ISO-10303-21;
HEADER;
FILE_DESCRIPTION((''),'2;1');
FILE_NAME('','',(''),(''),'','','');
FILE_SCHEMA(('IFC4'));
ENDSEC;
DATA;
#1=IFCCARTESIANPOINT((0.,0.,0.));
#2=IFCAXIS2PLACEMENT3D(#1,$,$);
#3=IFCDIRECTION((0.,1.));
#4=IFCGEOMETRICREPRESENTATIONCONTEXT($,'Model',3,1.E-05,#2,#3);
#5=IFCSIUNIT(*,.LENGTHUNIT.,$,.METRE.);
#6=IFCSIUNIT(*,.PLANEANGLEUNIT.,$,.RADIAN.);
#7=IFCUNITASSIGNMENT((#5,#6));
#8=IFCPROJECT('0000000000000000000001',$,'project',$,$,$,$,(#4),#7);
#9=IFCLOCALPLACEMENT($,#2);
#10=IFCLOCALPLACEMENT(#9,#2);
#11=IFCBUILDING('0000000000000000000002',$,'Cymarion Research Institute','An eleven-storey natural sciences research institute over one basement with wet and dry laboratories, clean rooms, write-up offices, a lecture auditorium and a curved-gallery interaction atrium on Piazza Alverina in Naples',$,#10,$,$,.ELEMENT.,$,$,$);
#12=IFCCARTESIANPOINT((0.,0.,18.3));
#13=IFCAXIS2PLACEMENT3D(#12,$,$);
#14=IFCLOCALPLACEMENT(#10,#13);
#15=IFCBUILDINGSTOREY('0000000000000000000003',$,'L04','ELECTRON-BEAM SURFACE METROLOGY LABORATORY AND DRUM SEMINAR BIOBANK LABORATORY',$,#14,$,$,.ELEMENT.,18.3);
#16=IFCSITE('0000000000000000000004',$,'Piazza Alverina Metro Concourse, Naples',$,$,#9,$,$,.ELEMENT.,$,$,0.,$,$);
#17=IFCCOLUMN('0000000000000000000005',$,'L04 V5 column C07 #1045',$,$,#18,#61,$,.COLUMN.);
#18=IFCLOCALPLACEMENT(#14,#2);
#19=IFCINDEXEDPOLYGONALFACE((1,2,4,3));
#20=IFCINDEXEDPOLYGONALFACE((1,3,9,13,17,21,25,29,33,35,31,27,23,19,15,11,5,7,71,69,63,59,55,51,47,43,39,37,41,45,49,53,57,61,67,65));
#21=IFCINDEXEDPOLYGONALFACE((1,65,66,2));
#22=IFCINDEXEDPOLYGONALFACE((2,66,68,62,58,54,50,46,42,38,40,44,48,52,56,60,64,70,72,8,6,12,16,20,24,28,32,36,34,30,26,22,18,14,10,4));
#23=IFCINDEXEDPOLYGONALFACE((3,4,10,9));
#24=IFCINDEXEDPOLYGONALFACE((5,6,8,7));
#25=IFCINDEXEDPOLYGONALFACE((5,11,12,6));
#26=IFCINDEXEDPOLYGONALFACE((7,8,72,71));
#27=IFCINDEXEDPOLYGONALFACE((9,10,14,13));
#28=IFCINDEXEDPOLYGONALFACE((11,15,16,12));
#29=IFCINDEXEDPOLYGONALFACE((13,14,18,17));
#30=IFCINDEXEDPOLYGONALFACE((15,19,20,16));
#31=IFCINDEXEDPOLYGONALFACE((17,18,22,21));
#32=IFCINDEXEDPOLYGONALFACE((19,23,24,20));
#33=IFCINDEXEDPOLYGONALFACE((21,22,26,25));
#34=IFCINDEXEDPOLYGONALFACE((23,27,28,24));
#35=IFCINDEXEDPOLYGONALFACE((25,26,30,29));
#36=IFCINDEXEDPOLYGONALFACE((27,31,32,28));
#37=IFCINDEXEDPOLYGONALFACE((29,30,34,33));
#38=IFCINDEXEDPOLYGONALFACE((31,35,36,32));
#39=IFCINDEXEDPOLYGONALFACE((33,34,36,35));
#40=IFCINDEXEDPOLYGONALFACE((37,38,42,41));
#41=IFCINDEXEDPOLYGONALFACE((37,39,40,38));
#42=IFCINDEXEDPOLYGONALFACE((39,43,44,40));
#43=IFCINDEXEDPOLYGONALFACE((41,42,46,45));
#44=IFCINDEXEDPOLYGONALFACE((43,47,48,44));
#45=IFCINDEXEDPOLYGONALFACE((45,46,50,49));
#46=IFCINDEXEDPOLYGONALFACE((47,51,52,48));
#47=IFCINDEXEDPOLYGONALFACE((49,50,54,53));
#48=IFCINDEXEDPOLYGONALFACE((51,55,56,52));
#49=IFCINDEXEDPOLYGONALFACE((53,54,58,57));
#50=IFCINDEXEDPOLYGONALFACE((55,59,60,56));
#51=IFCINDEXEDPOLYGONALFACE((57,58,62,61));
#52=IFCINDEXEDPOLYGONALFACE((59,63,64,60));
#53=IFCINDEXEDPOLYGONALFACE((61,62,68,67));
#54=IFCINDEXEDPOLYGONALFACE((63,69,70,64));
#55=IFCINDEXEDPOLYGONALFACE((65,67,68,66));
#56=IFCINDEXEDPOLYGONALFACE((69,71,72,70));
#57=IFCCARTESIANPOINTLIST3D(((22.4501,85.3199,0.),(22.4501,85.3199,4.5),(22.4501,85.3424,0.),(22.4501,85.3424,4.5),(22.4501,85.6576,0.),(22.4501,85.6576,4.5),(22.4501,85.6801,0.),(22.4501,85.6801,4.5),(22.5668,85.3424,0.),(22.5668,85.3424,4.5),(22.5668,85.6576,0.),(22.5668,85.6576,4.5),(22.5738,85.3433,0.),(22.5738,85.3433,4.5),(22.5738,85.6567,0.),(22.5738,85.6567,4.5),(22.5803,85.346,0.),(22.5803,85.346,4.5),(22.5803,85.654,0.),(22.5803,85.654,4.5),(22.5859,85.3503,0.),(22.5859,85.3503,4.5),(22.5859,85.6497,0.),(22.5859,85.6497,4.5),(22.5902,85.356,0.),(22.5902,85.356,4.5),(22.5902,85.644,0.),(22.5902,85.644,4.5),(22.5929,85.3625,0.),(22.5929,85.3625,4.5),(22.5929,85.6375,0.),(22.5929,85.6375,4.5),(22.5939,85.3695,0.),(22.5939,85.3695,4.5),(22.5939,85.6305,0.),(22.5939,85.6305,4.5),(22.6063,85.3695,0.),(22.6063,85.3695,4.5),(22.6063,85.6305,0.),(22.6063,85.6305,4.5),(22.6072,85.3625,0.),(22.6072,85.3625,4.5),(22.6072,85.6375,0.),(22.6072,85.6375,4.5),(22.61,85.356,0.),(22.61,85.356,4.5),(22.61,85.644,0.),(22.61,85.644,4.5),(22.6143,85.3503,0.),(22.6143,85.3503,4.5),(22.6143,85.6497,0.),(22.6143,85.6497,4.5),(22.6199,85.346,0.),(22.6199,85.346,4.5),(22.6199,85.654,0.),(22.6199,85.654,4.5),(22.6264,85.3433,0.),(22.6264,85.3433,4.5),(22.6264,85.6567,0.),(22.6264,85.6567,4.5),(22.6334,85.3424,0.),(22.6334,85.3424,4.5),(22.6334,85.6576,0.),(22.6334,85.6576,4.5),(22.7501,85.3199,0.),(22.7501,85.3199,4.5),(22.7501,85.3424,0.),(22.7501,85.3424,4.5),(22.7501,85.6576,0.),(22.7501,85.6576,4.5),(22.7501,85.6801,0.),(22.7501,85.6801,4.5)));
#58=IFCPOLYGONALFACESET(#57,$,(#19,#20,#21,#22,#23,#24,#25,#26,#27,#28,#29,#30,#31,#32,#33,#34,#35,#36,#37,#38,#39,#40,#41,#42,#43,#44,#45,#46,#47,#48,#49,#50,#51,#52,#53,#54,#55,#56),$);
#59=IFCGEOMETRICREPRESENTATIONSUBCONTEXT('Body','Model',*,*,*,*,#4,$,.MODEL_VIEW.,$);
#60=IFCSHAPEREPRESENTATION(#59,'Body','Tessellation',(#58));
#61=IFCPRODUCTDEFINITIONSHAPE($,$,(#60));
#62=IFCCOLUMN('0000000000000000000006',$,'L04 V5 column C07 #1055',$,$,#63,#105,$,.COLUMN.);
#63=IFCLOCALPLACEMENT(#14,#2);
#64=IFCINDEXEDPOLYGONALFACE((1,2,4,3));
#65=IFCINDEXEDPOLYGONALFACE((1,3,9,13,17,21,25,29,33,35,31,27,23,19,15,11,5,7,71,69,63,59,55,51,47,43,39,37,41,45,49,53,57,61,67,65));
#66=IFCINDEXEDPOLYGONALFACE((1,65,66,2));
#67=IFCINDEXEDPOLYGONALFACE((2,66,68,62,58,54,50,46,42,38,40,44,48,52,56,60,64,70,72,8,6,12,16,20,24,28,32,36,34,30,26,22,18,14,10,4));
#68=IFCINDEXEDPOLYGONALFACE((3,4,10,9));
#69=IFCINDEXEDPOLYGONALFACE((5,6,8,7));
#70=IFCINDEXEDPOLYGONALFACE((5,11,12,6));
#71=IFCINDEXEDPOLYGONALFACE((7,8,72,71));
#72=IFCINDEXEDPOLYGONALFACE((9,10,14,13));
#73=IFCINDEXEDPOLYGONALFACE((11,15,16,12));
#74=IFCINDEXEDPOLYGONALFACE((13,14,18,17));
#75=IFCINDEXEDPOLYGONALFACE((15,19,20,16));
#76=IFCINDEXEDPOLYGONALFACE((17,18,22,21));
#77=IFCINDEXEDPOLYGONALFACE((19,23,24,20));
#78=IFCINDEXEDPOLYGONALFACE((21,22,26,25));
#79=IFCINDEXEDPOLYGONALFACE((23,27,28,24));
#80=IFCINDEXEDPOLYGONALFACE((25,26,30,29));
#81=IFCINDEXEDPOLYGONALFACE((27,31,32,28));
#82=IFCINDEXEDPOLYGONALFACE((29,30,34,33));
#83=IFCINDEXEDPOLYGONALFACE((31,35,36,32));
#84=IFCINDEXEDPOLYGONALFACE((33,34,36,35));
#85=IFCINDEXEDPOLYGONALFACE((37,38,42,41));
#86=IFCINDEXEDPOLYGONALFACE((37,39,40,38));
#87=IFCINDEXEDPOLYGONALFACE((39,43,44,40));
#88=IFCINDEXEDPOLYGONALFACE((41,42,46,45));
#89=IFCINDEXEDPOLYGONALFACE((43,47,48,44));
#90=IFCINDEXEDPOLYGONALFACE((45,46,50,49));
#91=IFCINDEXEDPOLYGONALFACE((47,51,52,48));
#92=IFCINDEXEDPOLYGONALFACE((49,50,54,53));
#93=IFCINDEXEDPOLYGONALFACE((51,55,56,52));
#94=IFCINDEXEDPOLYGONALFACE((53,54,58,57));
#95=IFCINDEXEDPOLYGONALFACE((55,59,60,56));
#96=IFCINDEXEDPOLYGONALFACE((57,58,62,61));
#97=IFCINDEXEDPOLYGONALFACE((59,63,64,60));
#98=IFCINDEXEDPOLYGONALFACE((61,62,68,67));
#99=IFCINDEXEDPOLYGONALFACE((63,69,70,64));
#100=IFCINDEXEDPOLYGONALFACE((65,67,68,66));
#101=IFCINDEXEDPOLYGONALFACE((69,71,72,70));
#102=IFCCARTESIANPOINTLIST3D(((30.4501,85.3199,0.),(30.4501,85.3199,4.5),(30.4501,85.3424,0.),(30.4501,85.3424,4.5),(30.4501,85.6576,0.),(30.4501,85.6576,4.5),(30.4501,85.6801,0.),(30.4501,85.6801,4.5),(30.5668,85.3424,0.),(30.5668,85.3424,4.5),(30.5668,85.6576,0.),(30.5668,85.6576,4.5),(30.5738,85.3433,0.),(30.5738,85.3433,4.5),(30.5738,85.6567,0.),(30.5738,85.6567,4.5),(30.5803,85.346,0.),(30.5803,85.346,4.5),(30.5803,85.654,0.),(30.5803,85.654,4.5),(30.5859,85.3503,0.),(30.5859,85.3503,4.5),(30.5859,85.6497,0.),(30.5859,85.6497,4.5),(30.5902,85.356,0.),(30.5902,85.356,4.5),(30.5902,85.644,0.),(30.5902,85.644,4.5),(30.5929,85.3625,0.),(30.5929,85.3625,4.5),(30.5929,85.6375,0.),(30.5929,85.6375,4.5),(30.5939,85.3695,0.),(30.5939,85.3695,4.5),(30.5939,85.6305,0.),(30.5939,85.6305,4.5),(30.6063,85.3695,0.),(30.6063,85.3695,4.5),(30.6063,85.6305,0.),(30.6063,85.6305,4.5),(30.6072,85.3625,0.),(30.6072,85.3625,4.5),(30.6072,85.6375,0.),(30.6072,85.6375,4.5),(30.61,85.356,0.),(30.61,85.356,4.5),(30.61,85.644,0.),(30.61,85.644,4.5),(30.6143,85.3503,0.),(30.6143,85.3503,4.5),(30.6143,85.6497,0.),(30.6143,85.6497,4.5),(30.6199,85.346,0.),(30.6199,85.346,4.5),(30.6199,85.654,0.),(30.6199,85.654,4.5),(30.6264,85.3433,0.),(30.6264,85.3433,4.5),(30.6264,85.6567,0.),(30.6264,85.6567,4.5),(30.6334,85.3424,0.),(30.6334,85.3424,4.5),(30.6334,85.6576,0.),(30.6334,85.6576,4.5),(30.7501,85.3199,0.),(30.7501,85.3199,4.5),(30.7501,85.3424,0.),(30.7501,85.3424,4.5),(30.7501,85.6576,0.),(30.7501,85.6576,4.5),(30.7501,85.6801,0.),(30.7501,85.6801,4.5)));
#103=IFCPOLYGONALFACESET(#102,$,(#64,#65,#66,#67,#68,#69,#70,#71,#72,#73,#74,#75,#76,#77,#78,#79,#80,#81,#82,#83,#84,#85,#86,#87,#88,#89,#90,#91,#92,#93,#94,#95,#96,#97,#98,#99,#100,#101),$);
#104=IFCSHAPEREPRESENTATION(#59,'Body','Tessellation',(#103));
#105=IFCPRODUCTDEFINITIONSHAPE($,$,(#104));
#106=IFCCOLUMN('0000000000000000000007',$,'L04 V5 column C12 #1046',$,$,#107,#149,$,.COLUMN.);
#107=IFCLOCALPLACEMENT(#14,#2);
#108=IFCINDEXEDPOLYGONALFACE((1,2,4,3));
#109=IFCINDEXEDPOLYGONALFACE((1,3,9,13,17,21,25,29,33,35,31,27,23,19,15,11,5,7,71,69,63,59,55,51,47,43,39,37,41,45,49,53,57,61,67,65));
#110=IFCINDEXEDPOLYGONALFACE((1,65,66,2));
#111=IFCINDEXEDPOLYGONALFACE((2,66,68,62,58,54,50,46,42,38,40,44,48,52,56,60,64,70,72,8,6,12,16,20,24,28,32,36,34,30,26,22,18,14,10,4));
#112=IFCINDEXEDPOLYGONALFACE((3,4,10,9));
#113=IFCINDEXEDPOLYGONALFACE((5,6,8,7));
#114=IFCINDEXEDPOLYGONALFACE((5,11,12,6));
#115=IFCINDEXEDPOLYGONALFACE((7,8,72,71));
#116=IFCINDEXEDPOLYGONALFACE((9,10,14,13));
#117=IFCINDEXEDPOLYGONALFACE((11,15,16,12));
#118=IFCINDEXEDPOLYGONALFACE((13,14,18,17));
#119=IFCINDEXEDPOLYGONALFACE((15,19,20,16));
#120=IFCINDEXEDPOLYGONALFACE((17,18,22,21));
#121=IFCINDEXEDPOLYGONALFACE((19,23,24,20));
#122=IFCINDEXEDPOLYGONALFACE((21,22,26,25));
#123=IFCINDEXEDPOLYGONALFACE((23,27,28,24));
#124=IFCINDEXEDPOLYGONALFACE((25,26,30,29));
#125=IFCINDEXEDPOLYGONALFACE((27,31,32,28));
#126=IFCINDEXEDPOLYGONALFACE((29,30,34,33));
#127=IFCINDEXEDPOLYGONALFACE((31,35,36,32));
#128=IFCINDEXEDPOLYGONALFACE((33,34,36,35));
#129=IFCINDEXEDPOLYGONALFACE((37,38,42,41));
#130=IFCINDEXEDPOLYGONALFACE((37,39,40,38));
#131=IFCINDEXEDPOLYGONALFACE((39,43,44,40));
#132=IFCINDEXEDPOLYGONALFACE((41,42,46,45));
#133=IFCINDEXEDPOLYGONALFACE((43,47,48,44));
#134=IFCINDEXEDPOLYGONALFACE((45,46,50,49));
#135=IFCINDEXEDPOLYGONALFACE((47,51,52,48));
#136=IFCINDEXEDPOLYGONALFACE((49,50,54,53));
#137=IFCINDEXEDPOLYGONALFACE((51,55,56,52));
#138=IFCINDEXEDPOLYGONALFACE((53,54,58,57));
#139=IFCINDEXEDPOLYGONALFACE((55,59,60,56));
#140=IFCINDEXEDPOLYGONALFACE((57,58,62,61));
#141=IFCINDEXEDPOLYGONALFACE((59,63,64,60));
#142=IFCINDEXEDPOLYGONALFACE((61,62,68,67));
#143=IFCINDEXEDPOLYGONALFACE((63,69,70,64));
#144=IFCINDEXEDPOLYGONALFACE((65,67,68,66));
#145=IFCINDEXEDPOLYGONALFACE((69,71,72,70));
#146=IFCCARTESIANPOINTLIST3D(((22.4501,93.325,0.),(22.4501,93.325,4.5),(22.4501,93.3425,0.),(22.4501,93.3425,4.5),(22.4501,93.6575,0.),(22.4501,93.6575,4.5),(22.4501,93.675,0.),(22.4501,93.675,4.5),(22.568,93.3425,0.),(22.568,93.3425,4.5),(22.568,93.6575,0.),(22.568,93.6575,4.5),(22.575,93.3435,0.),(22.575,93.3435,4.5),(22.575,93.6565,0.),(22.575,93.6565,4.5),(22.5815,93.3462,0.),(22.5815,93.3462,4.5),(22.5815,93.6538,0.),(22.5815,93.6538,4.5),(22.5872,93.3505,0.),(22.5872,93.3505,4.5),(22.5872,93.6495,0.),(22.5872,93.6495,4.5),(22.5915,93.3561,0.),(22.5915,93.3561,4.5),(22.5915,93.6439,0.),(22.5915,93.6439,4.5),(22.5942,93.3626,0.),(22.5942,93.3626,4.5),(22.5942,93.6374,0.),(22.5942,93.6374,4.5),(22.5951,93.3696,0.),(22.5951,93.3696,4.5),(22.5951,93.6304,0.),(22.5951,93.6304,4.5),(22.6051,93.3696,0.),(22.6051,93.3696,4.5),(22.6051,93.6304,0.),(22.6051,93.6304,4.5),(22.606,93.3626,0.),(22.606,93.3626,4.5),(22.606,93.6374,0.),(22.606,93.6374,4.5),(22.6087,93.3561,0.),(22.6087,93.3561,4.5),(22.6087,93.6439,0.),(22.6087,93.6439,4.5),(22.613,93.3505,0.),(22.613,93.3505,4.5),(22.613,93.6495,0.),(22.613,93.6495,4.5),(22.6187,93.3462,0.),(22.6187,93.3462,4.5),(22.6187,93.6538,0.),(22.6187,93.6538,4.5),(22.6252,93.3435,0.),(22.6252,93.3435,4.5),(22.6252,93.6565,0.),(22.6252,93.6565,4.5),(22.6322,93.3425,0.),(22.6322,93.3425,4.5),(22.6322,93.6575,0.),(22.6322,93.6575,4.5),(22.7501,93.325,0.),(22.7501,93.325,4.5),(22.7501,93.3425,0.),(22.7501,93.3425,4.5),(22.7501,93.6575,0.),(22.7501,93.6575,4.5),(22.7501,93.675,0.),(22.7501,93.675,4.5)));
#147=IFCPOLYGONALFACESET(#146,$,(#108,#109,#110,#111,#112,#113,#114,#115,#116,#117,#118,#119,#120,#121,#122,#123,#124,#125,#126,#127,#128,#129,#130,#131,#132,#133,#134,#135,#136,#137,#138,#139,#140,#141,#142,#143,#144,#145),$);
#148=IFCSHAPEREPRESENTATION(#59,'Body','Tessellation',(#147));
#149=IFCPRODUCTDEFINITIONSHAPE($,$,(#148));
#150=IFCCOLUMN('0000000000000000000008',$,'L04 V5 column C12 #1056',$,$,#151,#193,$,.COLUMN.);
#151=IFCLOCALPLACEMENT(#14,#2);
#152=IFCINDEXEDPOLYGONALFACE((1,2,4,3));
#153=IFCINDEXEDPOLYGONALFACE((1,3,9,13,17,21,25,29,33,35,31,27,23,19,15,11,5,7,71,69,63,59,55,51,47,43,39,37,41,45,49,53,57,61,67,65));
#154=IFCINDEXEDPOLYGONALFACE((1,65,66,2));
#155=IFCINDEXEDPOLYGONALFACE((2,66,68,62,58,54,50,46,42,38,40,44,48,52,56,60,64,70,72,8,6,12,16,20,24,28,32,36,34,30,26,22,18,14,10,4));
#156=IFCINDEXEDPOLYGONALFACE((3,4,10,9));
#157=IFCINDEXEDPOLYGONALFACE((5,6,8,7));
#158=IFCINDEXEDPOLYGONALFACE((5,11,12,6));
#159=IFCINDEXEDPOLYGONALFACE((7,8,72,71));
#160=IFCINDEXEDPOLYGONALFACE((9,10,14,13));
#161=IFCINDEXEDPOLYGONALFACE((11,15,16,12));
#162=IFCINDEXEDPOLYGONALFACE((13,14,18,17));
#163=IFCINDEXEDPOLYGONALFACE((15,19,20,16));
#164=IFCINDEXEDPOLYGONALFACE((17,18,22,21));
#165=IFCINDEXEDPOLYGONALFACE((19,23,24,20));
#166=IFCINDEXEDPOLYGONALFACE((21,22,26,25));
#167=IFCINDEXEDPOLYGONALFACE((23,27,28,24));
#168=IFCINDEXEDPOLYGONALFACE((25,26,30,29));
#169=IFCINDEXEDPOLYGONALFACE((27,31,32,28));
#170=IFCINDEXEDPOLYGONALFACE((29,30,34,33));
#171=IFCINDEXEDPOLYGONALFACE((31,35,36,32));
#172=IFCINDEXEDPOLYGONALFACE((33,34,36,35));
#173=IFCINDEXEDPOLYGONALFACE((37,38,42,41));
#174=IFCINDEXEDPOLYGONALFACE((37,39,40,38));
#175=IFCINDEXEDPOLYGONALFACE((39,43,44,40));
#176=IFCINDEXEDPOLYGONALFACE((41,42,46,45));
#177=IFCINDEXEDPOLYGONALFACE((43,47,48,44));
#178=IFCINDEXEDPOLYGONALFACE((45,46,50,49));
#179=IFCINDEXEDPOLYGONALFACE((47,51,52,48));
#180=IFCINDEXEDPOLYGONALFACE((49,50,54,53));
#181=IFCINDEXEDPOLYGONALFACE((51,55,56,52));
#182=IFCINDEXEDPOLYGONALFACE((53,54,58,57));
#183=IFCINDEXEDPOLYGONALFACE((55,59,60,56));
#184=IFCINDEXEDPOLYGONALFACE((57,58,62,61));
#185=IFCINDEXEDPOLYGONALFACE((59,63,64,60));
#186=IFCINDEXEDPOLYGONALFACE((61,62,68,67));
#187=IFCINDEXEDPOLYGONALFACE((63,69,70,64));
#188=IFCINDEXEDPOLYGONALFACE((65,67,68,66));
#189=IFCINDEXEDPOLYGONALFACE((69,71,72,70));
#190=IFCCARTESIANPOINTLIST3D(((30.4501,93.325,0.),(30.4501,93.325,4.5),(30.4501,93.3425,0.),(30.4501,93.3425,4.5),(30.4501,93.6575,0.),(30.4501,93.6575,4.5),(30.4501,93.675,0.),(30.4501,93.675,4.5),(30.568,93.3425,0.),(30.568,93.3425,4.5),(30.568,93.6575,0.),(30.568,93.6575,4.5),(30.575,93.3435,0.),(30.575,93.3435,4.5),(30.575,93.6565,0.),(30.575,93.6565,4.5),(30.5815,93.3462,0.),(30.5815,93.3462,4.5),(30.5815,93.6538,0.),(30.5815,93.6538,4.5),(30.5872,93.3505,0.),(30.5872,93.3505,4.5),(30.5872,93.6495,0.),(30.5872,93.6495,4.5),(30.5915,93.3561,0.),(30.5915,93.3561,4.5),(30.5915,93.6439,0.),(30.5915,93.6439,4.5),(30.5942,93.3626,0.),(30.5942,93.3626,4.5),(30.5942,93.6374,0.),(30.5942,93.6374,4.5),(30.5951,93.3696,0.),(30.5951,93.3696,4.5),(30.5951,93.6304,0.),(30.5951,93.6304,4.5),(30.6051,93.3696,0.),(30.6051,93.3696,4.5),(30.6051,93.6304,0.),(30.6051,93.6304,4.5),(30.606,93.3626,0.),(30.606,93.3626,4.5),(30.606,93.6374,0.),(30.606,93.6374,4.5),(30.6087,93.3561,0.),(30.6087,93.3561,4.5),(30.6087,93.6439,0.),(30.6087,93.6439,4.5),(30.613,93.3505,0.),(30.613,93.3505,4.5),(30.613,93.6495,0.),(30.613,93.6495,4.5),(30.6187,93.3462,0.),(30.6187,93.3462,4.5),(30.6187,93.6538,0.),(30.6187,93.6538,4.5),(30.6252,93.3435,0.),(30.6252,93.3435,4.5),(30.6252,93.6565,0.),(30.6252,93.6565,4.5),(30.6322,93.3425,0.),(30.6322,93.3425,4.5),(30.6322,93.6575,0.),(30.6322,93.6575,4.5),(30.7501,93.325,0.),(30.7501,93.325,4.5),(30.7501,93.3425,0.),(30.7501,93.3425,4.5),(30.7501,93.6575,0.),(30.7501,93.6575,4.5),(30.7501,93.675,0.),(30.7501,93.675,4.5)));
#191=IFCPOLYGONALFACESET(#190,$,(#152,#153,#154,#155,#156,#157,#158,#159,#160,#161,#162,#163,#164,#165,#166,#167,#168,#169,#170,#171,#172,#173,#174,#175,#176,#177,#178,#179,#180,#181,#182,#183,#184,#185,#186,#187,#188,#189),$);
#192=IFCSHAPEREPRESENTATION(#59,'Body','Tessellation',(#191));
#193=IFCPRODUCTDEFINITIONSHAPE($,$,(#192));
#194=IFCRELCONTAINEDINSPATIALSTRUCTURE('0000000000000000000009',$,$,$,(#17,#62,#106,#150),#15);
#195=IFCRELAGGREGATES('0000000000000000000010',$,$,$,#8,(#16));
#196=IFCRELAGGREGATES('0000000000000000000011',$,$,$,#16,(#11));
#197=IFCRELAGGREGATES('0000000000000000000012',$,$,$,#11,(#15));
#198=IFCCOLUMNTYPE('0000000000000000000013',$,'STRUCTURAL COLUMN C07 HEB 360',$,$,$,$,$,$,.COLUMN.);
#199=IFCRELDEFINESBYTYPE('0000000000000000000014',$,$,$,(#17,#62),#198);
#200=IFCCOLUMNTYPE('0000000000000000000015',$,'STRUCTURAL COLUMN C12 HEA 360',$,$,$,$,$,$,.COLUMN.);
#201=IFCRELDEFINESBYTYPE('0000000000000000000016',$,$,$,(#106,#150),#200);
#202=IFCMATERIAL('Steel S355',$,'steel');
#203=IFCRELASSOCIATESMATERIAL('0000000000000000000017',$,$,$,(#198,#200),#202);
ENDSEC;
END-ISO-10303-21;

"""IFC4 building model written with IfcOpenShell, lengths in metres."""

from ifc_helpers import new_model, si_unit, direction, frame, origin, origin_2d, place, context, subcontext, project, spatial, i_section, extrude, material, material_profile, profile_set, type_object, element, save


model = new_model("IFC4")

# Units and contexts
model_context = context("Model", 3, precision=1e-05, world=origin(), true_north=direction((0.0, 1.0)))
body_context = subcontext(model_context, "Body", "Model", "MODEL_VIEW")
ifc_project = project(units=[si_unit("LENGTHUNIT", "METRE"), si_unit("PLANEANGLEUNIT", "RADIAN")], contexts=[model_context])

# Site, building, storey
site_placement = place(None, origin())
site = spatial("IfcSite", under=ifc_project, at=site_placement, Name="Piazza Alverina Metro Concourse, Naples", CompositionType="ELEMENT", RefElevation=0.0)
building_placement = place(site_placement, origin())
building = spatial("IfcBuilding", under=site, at=building_placement, Name="Cymarion Research Institute", Description="An eleven-storey natural sciences research institute over one basement with wet and dry laboratories, clean rooms, write-up offices, a lecture auditorium and a curved-gallery interaction atrium on Piazza Alverina in Naples", CompositionType="ELEMENT")
storey_placement = place(building_placement, frame((0.0, 0.0, 18.3)))
storey = spatial("IfcBuildingStorey", under=building, at=storey_placement, Name="L04", Description="ELECTRON-BEAM SURFACE METROLOGY LABORATORY AND DRUM SEMINAR BIOBANK LABORATORY", CompositionType="ELEMENT", Elevation=18.3)

# Columns
ifc_material_1 = material(Name="Steel S355", Category="steel")
ifc_material_profile_1 = material_profile(ifc_material_1, i_section(OverallWidth=0.3, OverallDepth=0.3601, WebThickness=0.0125, FlangeThickness=0.0225, FilletRadius=0.0271, at=origin_2d()), Name="HEB 360")
ifc_profile_set_1 = profile_set([ifc_material_profile_1], Name="Steel S355")
column_type_1 = type_object("IfcColumnType", Name="STRUCTURAL COLUMN C07 HEB 360", PredefinedType="COLUMN", material=ifc_profile_set_1)
for number, where, z_axis, x_axis, name in (
    (1, (22.6001, 85.5, 0.0), (0.0, 0.0, 1.0), (1.0, 0.0, 0.0), "L04 V5 column C07 #1045"),
    (2, (30.6001, 85.5, 0.0), (0.0, 0.0, 1.0), (1.0, 0.0, 0.0), "L04 V5 column C07 #1055"),
):
    element("IfcColumn", number, at=place(storey_placement, frame(where, z_axis=z_axis, x_axis=x_axis)), inside=storey, type_object=column_type_1, Name=name, PredefinedType="COLUMN", context=body_context, shape_type="SweptSolid", body=[
        extrude(i_section(OverallWidth=0.3, OverallDepth=0.3601, WebThickness=0.0125, FlangeThickness=0.0225, FilletRadius=0.0271, at=origin_2d()), origin(), (0.0, 0.0, 1.0), 4.5),
    ])
ifc_material_profile_2 = material_profile(ifc_material_1, i_section(OverallWidth=0.3, OverallDepth=0.3501, WebThickness=0.01, FlangeThickness=0.0176, FilletRadius=0.0271, at=origin_2d()), Name="HEA 360")
ifc_profile_set_2 = profile_set([ifc_material_profile_2], Name="Steel S355")
column_type_2 = type_object("IfcColumnType", Name="STRUCTURAL COLUMN C12 HEA 360", PredefinedType="COLUMN", material=ifc_profile_set_2)
for number, where, z_axis, x_axis, name in (
    (3, (22.6001, 93.5, 0.0), (0.0, 0.0, 1.0), (1.0, 0.0, 0.0), "L04 V5 column C12 #1046"),
    (4, (30.6001, 93.5, 0.0), (0.0, 0.0, 1.0), (1.0, 0.0, 0.0), "L04 V5 column C12 #1056"),
):
    element("IfcColumn", number, at=place(storey_placement, frame(where, z_axis=z_axis, x_axis=x_axis)), inside=storey, type_object=column_type_2, Name=name, PredefinedType="COLUMN", context=body_context, shape_type="SweptSolid", body=[
        extrude(i_section(OverallWidth=0.3, OverallDepth=0.3501, WebThickness=0.01, FlangeThickness=0.0176, FilletRadius=0.0271, at=origin_2d()), origin(), (0.0, 0.0, 1.0), 4.5),
    ])

save(model, "model.ifc")
